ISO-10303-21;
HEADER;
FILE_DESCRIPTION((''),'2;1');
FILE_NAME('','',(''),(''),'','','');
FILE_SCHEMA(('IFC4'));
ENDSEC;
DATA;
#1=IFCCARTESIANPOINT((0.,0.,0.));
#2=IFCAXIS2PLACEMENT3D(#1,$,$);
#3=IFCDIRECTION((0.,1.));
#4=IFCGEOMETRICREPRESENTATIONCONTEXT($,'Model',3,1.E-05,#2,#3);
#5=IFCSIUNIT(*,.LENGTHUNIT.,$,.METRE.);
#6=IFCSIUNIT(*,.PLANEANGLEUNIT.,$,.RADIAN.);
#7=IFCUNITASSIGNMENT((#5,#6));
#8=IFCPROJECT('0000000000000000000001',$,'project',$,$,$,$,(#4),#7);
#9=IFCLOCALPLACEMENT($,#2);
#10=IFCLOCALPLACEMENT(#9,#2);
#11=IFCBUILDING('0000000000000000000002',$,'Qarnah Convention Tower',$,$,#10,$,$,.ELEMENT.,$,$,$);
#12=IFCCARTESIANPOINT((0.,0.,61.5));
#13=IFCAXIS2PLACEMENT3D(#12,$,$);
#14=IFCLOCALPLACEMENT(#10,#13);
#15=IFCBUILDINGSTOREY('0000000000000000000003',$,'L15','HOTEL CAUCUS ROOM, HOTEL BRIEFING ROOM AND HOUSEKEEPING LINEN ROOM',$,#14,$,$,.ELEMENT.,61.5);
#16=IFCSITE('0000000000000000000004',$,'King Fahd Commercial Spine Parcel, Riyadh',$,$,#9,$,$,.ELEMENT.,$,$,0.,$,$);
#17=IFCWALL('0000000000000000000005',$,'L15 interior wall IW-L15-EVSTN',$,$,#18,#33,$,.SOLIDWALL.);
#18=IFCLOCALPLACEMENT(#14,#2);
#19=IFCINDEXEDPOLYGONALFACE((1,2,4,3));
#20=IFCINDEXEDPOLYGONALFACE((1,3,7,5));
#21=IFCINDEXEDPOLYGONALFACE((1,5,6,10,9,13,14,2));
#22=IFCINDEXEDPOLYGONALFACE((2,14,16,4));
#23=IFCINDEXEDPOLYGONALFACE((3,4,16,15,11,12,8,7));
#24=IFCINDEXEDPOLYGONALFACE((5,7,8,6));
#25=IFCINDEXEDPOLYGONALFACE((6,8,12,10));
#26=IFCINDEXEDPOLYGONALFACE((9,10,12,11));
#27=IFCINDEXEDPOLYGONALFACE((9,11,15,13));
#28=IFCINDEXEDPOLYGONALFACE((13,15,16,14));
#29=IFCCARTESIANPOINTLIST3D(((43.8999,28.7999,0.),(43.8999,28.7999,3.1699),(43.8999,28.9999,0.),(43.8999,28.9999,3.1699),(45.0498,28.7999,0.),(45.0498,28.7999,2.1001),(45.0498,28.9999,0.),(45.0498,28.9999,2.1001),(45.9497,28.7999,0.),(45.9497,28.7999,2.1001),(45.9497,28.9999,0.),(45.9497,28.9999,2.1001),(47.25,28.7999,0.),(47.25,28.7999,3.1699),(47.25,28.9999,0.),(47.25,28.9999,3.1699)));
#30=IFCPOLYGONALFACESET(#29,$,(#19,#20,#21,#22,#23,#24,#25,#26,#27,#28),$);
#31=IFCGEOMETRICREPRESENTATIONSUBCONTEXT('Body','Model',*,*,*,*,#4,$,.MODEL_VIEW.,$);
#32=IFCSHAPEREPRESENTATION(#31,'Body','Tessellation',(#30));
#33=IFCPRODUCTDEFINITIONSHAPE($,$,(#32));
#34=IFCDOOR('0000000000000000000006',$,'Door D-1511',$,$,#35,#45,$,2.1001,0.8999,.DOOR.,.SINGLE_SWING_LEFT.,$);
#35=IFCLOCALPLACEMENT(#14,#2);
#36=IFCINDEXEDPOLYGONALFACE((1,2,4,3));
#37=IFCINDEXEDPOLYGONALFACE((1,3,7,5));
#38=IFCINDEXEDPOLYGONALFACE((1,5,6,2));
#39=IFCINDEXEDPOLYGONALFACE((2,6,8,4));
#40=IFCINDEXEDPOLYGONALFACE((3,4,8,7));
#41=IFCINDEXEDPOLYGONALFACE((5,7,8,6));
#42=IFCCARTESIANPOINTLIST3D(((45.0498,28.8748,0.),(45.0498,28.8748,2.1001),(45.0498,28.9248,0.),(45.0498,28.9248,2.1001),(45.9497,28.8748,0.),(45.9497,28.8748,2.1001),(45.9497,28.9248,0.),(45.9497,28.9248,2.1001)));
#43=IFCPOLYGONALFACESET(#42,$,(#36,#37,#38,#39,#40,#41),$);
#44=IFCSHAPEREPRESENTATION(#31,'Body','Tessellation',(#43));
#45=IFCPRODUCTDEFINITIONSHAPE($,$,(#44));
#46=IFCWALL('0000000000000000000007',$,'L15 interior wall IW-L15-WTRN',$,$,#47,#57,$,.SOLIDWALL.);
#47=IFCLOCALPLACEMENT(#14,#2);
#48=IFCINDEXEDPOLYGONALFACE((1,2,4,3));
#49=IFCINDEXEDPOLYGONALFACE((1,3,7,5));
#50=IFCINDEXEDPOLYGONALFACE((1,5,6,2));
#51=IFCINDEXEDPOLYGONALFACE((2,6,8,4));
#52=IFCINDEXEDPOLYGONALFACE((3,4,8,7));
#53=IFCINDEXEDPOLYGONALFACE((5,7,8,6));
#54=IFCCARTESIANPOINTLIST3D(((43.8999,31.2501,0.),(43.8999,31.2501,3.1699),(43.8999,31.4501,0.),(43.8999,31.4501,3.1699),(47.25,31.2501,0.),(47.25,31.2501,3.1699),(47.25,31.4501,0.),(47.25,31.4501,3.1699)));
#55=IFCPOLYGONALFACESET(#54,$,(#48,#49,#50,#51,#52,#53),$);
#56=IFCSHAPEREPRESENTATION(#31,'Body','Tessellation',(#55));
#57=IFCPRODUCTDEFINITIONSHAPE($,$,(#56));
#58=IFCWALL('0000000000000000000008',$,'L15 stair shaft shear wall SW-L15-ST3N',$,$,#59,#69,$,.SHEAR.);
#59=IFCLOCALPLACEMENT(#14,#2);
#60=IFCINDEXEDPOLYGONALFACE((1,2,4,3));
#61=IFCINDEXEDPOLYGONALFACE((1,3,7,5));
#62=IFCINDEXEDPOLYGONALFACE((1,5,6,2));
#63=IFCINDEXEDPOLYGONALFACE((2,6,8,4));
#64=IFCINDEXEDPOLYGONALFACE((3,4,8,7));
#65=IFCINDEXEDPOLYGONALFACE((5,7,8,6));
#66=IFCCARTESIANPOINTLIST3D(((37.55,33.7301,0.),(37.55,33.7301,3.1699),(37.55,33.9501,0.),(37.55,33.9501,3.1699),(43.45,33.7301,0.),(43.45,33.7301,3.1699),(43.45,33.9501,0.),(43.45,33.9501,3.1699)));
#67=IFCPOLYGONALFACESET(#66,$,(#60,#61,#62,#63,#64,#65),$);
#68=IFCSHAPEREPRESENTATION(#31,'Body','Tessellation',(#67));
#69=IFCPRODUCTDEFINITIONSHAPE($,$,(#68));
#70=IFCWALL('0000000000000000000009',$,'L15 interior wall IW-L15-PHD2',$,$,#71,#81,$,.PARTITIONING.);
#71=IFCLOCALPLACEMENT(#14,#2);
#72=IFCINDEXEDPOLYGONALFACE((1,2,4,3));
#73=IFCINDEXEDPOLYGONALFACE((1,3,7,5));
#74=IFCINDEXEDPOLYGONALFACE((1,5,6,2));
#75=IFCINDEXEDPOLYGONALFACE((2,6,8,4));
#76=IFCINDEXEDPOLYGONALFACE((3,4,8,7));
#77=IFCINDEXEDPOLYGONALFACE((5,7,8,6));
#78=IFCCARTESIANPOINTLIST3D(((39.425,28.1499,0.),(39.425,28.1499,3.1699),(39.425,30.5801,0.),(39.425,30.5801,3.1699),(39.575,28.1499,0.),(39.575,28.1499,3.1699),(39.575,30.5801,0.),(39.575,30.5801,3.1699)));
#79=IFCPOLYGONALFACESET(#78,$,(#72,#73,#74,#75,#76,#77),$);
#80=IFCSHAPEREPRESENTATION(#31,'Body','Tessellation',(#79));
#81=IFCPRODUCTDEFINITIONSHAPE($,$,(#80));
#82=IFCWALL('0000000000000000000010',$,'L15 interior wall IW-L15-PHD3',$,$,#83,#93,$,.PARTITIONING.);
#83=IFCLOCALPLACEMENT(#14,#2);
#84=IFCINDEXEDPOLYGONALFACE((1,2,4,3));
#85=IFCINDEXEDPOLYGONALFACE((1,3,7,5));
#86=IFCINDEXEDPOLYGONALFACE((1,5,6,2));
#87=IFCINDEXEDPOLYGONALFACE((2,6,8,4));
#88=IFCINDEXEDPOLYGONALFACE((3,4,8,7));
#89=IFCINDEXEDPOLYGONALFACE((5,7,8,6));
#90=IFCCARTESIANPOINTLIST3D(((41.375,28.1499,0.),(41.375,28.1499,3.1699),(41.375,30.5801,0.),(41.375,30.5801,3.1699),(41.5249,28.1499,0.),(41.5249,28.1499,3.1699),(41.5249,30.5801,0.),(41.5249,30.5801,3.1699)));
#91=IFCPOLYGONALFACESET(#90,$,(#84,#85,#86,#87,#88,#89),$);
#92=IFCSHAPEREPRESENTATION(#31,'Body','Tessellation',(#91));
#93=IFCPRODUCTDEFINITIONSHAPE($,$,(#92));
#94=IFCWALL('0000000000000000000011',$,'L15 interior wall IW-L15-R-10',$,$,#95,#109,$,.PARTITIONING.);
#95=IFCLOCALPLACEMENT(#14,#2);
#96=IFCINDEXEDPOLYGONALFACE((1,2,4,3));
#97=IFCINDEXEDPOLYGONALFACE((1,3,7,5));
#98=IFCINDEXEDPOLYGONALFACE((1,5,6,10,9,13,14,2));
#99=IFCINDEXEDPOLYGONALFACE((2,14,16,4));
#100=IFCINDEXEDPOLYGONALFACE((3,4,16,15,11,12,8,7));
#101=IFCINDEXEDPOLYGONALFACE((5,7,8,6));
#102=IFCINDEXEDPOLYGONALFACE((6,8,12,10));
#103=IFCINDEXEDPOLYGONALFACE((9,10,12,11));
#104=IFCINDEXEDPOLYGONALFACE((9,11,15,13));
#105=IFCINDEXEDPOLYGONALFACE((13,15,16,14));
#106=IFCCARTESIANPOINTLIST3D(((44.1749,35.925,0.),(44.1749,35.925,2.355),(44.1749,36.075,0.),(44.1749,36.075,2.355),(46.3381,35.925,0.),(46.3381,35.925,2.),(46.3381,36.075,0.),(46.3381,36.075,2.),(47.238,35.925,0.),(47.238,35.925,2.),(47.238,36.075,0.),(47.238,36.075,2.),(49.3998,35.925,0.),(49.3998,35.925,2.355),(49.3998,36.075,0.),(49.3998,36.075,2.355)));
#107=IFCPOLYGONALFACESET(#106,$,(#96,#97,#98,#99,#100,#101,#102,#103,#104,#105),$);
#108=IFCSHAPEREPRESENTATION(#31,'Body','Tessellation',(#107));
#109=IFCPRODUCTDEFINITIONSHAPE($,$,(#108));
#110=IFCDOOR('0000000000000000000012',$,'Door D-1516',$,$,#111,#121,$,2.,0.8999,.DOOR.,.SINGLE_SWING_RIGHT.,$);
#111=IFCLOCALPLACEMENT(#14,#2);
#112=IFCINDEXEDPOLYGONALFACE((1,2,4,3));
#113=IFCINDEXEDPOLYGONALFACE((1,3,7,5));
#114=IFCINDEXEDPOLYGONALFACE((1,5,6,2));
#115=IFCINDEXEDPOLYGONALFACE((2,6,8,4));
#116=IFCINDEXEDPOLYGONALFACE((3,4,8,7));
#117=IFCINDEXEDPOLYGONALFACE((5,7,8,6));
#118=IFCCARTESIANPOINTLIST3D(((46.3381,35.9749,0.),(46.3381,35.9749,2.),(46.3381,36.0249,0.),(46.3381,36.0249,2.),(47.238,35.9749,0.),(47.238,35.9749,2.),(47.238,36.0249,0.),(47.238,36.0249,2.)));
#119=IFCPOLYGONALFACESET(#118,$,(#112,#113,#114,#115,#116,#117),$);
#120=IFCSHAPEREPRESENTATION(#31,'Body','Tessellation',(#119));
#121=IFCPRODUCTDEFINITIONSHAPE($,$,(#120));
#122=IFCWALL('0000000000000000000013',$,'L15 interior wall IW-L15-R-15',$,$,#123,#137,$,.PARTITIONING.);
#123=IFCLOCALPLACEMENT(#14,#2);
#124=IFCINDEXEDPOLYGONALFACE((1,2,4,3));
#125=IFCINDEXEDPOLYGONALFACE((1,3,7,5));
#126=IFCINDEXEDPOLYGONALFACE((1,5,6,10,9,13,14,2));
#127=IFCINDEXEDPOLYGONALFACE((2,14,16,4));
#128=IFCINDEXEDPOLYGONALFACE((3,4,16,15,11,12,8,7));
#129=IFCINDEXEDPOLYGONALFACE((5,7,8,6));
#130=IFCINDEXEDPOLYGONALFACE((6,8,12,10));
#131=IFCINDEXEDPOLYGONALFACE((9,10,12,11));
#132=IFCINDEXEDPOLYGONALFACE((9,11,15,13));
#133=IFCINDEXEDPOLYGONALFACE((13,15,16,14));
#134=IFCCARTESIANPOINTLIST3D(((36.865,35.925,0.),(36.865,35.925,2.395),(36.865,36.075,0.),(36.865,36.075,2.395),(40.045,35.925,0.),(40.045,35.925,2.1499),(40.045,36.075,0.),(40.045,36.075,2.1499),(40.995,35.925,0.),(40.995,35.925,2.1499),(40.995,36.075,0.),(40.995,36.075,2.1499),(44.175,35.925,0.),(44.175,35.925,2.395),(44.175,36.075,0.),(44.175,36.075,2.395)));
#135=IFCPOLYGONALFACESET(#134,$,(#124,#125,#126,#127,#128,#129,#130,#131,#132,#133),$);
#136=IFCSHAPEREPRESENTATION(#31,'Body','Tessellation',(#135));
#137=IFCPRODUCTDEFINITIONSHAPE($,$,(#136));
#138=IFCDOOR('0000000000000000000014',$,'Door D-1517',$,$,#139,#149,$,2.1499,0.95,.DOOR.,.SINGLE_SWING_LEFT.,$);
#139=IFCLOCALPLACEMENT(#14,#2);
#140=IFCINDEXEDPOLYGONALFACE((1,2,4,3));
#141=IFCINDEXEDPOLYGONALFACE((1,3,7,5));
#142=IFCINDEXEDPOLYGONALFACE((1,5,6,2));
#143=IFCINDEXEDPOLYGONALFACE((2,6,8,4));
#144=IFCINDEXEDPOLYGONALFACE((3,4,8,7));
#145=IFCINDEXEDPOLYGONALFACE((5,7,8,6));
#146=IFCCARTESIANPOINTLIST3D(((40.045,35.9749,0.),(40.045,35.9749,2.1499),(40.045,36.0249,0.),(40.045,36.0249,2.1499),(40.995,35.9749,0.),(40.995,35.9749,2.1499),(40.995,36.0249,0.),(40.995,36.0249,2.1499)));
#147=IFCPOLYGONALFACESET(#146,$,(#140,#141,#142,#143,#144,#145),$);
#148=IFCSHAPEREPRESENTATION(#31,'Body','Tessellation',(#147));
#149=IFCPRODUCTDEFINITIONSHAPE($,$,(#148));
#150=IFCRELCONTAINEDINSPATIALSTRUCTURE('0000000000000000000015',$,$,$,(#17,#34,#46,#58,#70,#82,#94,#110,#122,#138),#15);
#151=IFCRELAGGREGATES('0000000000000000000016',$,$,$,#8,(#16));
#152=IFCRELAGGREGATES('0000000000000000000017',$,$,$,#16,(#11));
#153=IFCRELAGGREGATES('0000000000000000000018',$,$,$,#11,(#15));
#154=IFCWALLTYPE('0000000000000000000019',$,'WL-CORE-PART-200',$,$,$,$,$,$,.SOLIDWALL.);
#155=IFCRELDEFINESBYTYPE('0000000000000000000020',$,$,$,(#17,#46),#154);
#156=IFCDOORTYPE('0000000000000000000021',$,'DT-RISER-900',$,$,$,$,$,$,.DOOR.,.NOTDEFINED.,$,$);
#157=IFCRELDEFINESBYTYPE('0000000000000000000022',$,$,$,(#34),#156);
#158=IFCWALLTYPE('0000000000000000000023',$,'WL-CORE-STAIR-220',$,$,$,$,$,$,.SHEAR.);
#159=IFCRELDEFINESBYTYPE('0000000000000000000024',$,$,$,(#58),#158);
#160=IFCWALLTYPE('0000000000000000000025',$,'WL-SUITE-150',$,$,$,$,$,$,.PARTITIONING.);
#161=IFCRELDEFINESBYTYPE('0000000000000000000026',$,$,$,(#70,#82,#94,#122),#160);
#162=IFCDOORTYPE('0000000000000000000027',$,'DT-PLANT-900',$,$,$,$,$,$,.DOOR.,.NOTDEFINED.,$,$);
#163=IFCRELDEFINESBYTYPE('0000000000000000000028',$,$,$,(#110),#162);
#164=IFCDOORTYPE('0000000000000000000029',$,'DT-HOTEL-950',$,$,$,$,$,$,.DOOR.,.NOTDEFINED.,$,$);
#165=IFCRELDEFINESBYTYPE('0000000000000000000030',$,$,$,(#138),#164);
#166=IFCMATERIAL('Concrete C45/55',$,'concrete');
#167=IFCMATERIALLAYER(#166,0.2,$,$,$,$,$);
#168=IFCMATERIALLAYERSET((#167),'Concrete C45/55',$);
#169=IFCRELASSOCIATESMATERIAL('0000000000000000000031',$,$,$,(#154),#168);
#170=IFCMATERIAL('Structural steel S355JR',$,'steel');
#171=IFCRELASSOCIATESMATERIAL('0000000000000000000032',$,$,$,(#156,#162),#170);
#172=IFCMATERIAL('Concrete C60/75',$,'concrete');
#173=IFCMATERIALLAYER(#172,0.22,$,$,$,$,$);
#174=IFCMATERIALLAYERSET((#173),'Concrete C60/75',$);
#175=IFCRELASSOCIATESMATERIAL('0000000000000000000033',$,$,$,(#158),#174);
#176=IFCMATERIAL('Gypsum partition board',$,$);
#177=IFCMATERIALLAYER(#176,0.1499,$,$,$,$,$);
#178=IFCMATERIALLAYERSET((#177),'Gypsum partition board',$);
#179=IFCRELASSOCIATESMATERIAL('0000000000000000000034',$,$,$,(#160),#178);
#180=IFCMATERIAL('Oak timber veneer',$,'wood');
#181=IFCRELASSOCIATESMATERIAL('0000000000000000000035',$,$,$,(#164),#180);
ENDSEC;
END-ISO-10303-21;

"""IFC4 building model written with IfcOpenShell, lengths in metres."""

from ifc_helpers import new_model, si_unit, direction, frame, frame_2d, origin, place, context, subcontext, project, spatial, rectangle, extrude, material, layer, layer_set, type_object, element, fill, save


model = new_model("IFC4")

# Units and contexts
model_context = context("Model", 3, precision=1e-05, world=origin(), true_north=direction((0.0, 1.0)))
body_context = subcontext(model_context, "Body", "Model", "MODEL_VIEW")
ifc_project = project(units=[si_unit("LENGTHUNIT", "METRE"), si_unit("PLANEANGLEUNIT", "RADIAN")], contexts=[model_context])

# Site, building, storey
site_placement = place(None, origin())
site = spatial("IfcSite", under=ifc_project, at=site_placement, Name="King Fahd Commercial Spine Parcel, Riyadh", CompositionType="ELEMENT", RefElevation=0.0)
building_placement = place(site_placement, origin())
building = spatial("IfcBuilding", under=site, at=building_placement, Name="Qarnah Convention Tower", CompositionType="ELEMENT")
storey_placement = place(building_placement, frame((0.0, 0.0, 61.5)))
storey = spatial("IfcBuildingStorey", under=building, at=storey_placement, Name="L15", Description="HOTEL CAUCUS ROOM, HOTEL BRIEFING ROOM AND HOUSEKEEPING LINEN ROOM", CompositionType="ELEMENT", Elevation=61.5)

# Shared definitions
ifc_material_1 = material(Name="Structural steel S355JR", Category="steel")

# Wall, opening, door
ifc_material_2 = material(Name="Concrete C45/55", Category="concrete")
ifc_layer_1 = layer(ifc_material_2, 0.2)
ifc_layer_set_1 = layer_set([ifc_layer_1], Name="Concrete C45/55")
wall_type_1 = type_object("IfcWallType", Name="WL-CORE-PART-200", PredefinedType="SOLIDWALL", material=ifc_layer_set_1)
wall_1_placement = place(storey_placement, frame((43.8999, 28.8999, 0.0), z_axis=(0.0, 0.0, 1.0), x_axis=(1.0, 0.0, 0.0)))
wall_1 = element("IfcWall", 1, at=wall_1_placement, inside=storey, type_object=wall_type_1, Name="L15 interior wall IW-L15-EVSTN", PredefinedType="SOLIDWALL", context=body_context, shape_type="SweptSolid", body=[
    extrude(rectangle(XDim=3.3501, YDim=0.2, at=frame_2d((1.675, 0.0))), origin(), (0.0, 0.0, 1.0), 3.1699),
])
opening_1_placement = place(wall_1_placement, frame((1.1499, 0.0, 0.0)))
opening_1 = element("IfcOpeningElement", 2, at=opening_1_placement, cuts=wall_1, PredefinedType="OPENING", context=body_context, shape_type="SweptSolid", body=[
    extrude(rectangle(XDim=0.8999, YDim=2.1001, at=frame_2d((0.45, 1.05))), frame((0.0, 0.1099, 0.0), z_axis=(0.0, -1.0, 0.0), x_axis=(1.0, 0.0, 0.0)), (0.0, 0.0, 1.0), 0.22),
])
door_type_1 = type_object("IfcDoorType", Name="DT-RISER-900", OperationType="NOTDEFINED", PredefinedType="DOOR", material=ifc_material_1)
door_1_placement = place(opening_1_placement, origin())
door_1 = element("IfcDoor", 3, at=door_1_placement, inside=storey, type_object=door_type_1, Name="Door D-1511", OperationType="SINGLE_SWING_LEFT", OverallHeight=2.1001, OverallWidth=0.8999, PredefinedType="DOOR", context=body_context, shape_type="SweptSolid", body=[
    extrude(rectangle(XDim=0.8999, YDim=2.1001, at=frame_2d((0.45, 1.05))), frame((0.0, 0.0249, 0.0), z_axis=(0.0, -1.0, 0.0), x_axis=(1.0, 0.0, 0.0)), (0.0, 0.0, 1.0), 0.05),
])
fill(opening_1, door_1)

# Walls
wall_2_placement = place(storey_placement, frame((43.8999, 31.3501, 0.0), z_axis=(0.0, 0.0, 1.0), x_axis=(1.0, 0.0, 0.0)))
element("IfcWall", 4, at=wall_2_placement, inside=storey, type_object=wall_type_1, Name="L15 interior wall IW-L15-WTRN", PredefinedType="SOLIDWALL", context=body_context, shape_type="SweptSolid", body=[
    extrude(rectangle(XDim=3.3501, YDim=0.2, at=frame_2d((1.675, 0.0))), origin(), (0.0, 0.0, 1.0), 3.1699),
])
ifc_material_3 = material(Name="Concrete C60/75", Category="concrete")
ifc_layer_2 = layer(ifc_material_3, 0.22)
ifc_layer_set_2 = layer_set([ifc_layer_2], Name="Concrete C60/75")
wall_type_2 = type_object("IfcWallType", Name="WL-CORE-STAIR-220", PredefinedType="SHEAR", material=ifc_layer_set_2)
wall_3_placement = place(storey_placement, frame((37.55, 33.8401, 0.0), z_axis=(0.0, 0.0, 1.0), x_axis=(1.0, 0.0, 0.0)))
element("IfcWall", 5, at=wall_3_placement, inside=storey, type_object=wall_type_2, Name="L15 stair shaft shear wall SW-L15-ST3N", PredefinedType="SHEAR", context=body_context, shape_type="SweptSolid", body=[
    extrude(rectangle(XDim=5.8999, YDim=0.22, at=frame_2d((2.95, 0.0))), origin(), (0.0, 0.0, 1.0), 3.1699),
])
ifc_material_4 = material(Name="Gypsum partition board")
ifc_layer_3 = layer(ifc_material_4, 0.1499)
ifc_layer_set_3 = layer_set([ifc_layer_3], Name="Gypsum partition board")
wall_type_3 = type_object("IfcWallType", Name="WL-SUITE-150", PredefinedType="PARTITIONING", material=ifc_layer_set_3)
for number, where, z_axis, x_axis, name in (
    (6, (39.5, 28.1499, 0.0), (0.0, 0.0, 1.0), (0.0, 1.0, 0.0), "L15 interior wall IW-L15-PHD2"),
    (7, (41.45, 28.1499, 0.0), (0.0, 0.0, 1.0), (0.0, 1.0, 0.0), "L15 interior wall IW-L15-PHD3"),
):
    element("IfcWall", number, at=place(storey_placement, frame(where, z_axis=z_axis, x_axis=x_axis)), inside=storey, type_object=wall_type_3, Name=name, PredefinedType="PARTITIONING", context=body_context, shape_type="SweptSolid", body=[
        extrude(rectangle(XDim=2.4302, YDim=0.1499, at=frame_2d((1.2151, 0.0))), origin(), (0.0, 0.0, 1.0), 3.1699),
    ])

# Walls, openings, doors
wall_4_placement = place(storey_placement, frame((44.175, 36.0, 0.0), z_axis=(0.0, 0.0, 1.0), x_axis=(1.0, 0.0, 0.0)))
wall_4 = element("IfcWall", 8, at=wall_4_placement, inside=storey, type_object=wall_type_3, Name="L15 interior wall IW-L15-R-10", PredefinedType="PARTITIONING", context=body_context, shape_type="SweptSolid", body=[
    extrude(rectangle(XDim=5.2249, YDim=0.1499, at=frame_2d((2.6123, 0.0))), origin(), (0.0, 0.0, 1.0), 2.355),
])
opening_2_placement = place(wall_4_placement, frame((2.1631, 0.0, 0.0)))
opening_2 = element("IfcOpeningElement", 9, at=opening_2_placement, cuts=wall_4, PredefinedType="OPENING", context=body_context, shape_type="SweptSolid", body=[
    extrude(rectangle(XDim=0.8999, YDim=2.0, at=frame_2d((0.45, 1.0))), frame((0.0, 0.085, 0.0), z_axis=(0.0, -1.0, 0.0), x_axis=(1.0, 0.0, 0.0)), (0.0, 0.0, 1.0), 0.1699),
])
door_type_2 = type_object("IfcDoorType", Name="DT-PLANT-900", OperationType="NOTDEFINED", PredefinedType="DOOR", material=ifc_material_1)
door_2_placement = place(opening_2_placement, origin())
door_2 = element("IfcDoor", 10, at=door_2_placement, inside=storey, type_object=door_type_2, Name="Door D-1516", OperationType="SINGLE_SWING_RIGHT", OverallHeight=2.0, OverallWidth=0.8999, PredefinedType="DOOR", context=body_context, shape_type="SweptSolid", body=[
    extrude(rectangle(XDim=0.8999, YDim=2.0, at=frame_2d((0.45, 1.0))), frame((0.0, 0.0249, 0.0), z_axis=(0.0, -1.0, 0.0), x_axis=(1.0, 0.0, 0.0)), (0.0, 0.0, 1.0), 0.05),
])
fill(opening_2, door_2)
wall_5_placement = place(storey_placement, frame((36.865, 36.0, 0.0), z_axis=(0.0, 0.0, 1.0), x_axis=(1.0, 0.0, 0.0)))
wall_5 = element("IfcWall", 11, at=wall_5_placement, inside=storey, type_object=wall_type_3, Name="L15 interior wall IW-L15-R-15", PredefinedType="PARTITIONING", context=body_context, shape_type="SweptSolid", body=[
    extrude(rectangle(XDim=7.3101, YDim=0.1499, at=frame_2d((3.655, 0.0))), origin(), (0.0, 0.0, 1.0), 2.395),
])
opening_3_placement = place(wall_5_placement, frame((3.1799, 0.0, 0.0)))
opening_3 = element("IfcOpeningElement", 12, at=opening_3_placement, cuts=wall_5, PredefinedType="OPENING", context=body_context, shape_type="SweptSolid", body=[
    extrude(rectangle(XDim=0.95, YDim=2.1499, at=frame_2d((0.4751, 1.075))), frame((0.0, 0.085, 0.0), z_axis=(0.0, -1.0, 0.0), x_axis=(1.0, 0.0, 0.0)), (0.0, 0.0, 1.0), 0.1699),
])
ifc_material_5 = material(Name="Oak timber veneer", Category="wood")
door_type_3 = type_object("IfcDoorType", Name="DT-HOTEL-950", OperationType="NOTDEFINED", PredefinedType="DOOR", material=ifc_material_5)
door_3_placement = place(opening_3_placement, origin())
door_3 = element("IfcDoor", 13, at=door_3_placement, inside=storey, type_object=door_type_3, Name="Door D-1517", OperationType="SINGLE_SWING_LEFT", OverallHeight=2.1499, OverallWidth=0.95, PredefinedType="DOOR", context=body_context, shape_type="SweptSolid", body=[
    extrude(rectangle(XDim=0.95, YDim=2.1499, at=frame_2d((0.4751, 1.075))), frame((0.0, 0.0249, 0.0), z_axis=(0.0, -1.0, 0.0), x_axis=(1.0, 0.0, 0.0)), (0.0, 0.0, 1.0), 0.05),
])
fill(opening_3, door_3)

save(model, "model.ifc")
